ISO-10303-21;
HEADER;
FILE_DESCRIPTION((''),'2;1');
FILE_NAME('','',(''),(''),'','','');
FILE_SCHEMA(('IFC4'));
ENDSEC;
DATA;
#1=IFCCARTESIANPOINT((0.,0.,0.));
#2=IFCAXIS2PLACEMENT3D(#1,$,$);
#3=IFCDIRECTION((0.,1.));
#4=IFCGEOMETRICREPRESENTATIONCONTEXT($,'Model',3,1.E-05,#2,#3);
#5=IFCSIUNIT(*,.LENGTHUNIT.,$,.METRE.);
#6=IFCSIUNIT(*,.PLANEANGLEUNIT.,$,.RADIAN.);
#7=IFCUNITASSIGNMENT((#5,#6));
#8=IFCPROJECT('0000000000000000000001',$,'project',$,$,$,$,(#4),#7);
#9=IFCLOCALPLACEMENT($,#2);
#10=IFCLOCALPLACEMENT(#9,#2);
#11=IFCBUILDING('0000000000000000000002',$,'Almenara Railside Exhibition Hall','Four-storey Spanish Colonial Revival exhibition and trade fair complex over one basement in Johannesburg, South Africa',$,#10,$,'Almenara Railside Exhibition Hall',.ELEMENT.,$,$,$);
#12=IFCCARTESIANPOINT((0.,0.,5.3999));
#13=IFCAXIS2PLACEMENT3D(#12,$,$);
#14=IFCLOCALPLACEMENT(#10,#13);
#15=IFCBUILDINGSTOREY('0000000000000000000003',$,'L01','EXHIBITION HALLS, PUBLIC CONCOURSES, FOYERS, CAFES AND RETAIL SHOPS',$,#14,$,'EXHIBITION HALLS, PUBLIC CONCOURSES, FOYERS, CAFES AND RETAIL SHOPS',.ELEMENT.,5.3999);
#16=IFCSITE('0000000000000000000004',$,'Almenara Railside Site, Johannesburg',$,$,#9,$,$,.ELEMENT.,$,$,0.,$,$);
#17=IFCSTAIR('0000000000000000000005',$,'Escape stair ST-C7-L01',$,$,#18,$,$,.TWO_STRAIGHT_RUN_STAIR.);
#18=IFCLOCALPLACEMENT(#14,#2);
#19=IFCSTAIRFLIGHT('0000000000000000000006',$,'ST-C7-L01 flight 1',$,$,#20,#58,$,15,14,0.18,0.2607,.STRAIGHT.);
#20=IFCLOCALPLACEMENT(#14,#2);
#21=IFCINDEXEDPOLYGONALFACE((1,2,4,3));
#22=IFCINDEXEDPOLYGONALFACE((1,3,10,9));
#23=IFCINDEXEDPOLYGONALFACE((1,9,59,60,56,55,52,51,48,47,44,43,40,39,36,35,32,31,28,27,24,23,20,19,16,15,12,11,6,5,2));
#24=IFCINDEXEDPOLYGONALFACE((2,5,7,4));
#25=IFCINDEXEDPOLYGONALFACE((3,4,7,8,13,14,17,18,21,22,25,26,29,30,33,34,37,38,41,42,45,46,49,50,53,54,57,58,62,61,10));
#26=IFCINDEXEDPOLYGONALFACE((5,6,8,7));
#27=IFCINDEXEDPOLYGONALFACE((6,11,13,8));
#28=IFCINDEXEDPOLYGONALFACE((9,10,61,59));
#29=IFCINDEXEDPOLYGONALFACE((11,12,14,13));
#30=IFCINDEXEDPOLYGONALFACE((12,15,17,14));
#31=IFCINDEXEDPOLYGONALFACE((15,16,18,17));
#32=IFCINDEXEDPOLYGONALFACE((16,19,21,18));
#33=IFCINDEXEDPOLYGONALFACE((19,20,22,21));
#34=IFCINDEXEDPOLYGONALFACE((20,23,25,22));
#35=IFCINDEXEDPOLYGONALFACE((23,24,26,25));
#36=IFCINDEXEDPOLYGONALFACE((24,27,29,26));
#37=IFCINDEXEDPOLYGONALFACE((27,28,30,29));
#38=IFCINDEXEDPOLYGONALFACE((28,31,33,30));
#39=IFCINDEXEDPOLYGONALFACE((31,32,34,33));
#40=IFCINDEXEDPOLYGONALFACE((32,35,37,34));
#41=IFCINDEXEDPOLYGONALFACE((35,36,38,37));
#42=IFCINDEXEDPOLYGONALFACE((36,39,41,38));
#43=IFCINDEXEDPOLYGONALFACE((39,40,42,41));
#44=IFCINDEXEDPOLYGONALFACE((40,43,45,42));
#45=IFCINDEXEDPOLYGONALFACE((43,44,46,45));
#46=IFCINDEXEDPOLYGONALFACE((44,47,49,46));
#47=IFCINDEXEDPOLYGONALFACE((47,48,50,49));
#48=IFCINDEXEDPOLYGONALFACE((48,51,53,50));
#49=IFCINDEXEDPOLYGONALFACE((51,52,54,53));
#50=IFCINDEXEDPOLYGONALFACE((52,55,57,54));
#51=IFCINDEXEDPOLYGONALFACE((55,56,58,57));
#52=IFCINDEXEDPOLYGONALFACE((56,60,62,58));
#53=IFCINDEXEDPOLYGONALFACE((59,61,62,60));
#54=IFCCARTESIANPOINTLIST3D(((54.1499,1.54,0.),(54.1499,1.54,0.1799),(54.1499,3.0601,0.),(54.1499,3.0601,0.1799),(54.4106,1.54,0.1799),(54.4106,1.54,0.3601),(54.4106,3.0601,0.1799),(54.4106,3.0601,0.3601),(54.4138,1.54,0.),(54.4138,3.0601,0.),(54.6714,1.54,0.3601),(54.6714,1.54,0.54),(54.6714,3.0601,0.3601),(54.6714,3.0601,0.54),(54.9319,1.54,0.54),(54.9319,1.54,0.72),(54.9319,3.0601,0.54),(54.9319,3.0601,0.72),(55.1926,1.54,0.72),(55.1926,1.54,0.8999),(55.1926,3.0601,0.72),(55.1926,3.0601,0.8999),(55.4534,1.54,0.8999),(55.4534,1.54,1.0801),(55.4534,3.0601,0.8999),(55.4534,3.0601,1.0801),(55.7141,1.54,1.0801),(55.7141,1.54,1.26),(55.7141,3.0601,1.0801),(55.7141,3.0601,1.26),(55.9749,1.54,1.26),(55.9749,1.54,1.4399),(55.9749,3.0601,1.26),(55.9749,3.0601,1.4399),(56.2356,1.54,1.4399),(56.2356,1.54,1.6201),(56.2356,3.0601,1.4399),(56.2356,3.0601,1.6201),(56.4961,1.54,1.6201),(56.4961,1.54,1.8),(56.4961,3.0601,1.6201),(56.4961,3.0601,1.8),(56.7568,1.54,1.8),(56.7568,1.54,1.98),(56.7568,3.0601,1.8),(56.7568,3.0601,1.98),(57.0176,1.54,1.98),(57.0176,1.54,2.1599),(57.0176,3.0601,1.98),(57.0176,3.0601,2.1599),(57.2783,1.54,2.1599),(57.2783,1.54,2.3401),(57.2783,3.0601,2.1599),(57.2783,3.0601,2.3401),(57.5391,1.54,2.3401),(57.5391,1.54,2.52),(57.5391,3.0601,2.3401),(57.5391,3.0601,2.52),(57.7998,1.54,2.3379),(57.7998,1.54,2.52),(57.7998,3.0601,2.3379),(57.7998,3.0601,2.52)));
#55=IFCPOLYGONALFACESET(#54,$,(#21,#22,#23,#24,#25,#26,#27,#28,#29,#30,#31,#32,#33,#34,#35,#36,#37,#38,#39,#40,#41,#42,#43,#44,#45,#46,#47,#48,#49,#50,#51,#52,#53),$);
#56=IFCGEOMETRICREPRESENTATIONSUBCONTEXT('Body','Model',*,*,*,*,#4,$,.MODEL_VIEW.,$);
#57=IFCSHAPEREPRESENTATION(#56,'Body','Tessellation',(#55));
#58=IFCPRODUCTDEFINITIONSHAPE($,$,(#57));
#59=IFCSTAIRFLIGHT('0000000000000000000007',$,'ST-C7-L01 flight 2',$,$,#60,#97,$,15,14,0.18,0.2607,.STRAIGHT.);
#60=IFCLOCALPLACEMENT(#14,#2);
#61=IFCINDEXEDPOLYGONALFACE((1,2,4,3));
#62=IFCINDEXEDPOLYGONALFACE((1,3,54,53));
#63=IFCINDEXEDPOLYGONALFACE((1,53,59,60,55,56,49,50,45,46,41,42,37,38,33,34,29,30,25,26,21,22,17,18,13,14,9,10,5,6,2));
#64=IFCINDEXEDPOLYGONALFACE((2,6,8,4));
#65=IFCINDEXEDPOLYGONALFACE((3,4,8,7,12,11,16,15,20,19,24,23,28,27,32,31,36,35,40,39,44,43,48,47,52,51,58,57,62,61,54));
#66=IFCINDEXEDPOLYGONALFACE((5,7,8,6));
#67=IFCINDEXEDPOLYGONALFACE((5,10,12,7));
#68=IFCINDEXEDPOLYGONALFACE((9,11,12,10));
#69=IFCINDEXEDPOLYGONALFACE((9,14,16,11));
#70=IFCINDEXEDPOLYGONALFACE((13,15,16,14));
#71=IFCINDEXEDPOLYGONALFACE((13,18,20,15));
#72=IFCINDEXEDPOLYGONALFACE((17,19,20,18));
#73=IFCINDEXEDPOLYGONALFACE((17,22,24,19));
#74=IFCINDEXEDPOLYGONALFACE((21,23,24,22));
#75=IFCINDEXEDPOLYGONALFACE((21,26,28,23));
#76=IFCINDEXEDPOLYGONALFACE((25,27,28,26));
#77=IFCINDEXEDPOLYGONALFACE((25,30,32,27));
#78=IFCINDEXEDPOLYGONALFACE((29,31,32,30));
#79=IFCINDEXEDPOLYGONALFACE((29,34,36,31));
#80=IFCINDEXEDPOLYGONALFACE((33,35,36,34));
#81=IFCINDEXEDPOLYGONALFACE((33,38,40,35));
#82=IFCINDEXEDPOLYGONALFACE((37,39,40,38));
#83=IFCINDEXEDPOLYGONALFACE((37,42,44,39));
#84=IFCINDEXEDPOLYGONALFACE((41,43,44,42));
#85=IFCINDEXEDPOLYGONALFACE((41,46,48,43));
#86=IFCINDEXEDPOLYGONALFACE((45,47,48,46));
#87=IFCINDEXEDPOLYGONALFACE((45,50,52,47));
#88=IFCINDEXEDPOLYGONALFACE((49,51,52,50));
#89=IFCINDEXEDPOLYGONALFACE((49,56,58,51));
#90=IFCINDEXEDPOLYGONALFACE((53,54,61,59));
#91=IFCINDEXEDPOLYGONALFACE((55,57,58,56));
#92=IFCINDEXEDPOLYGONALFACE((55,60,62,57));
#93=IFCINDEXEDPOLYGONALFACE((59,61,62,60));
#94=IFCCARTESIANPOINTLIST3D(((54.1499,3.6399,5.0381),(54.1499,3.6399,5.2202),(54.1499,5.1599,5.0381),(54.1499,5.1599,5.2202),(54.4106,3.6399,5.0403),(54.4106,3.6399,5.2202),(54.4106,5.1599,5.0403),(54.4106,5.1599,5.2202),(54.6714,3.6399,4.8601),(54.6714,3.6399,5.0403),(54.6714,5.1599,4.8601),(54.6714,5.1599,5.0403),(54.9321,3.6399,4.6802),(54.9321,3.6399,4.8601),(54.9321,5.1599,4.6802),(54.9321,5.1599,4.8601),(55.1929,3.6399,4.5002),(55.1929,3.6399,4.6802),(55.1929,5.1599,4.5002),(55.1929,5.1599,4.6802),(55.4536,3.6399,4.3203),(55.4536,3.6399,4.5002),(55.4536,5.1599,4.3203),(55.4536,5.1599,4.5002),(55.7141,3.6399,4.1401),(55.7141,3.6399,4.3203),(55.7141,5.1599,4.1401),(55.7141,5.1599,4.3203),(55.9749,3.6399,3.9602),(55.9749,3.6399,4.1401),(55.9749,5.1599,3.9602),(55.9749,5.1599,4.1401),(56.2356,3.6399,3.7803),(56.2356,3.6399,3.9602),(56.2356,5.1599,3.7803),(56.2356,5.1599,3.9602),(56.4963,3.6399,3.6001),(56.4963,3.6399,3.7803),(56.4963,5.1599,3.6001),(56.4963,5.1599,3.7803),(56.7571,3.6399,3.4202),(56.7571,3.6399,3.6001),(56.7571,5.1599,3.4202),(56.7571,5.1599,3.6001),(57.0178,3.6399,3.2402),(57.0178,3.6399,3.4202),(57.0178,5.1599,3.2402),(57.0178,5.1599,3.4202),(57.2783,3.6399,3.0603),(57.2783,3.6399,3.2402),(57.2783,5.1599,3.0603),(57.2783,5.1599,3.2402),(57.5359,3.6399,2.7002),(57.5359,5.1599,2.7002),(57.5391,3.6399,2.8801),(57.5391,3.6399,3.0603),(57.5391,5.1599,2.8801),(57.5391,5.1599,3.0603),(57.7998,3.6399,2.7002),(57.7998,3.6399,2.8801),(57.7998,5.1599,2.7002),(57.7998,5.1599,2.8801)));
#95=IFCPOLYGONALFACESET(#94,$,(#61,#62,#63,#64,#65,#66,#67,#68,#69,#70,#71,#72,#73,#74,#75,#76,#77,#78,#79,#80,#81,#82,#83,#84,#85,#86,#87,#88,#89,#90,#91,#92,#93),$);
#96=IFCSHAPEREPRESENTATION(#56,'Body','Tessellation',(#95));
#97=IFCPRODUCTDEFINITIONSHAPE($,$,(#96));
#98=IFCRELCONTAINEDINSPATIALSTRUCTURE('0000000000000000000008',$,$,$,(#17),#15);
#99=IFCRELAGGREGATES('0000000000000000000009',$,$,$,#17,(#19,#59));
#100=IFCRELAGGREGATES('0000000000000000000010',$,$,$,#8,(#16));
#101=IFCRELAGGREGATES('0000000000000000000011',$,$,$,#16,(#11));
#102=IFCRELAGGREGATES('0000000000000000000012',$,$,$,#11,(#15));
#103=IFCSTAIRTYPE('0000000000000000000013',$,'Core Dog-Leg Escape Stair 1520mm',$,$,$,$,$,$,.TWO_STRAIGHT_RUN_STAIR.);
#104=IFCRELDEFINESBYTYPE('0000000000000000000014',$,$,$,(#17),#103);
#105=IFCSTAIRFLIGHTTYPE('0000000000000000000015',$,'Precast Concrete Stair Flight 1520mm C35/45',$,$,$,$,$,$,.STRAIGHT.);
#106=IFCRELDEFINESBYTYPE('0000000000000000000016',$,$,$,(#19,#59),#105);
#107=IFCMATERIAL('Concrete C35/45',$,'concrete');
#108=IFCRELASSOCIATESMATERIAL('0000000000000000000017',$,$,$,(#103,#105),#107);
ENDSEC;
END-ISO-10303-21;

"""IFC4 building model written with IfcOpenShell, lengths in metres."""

from ifc_helpers import new_model, si_unit, direction, frame, origin, place, context, subcontext, project, spatial, polyline, outline, extrude, material, type_object, element, aggregate, save


model = new_model("IFC4")

# Units and contexts
model_context = context("Model", 3, precision=1e-05, world=origin(), true_north=direction((0.0, 1.0)))
body_context = subcontext(model_context, "Body", "Model", "MODEL_VIEW")
ifc_project = project(units=[si_unit("LENGTHUNIT", "METRE"), si_unit("PLANEANGLEUNIT", "RADIAN")], contexts=[model_context])

# Site, building, storey
site_placement = place(None, origin())
site = spatial("IfcSite", under=ifc_project, at=site_placement, Name="Almenara Railside Site, Johannesburg", CompositionType="ELEMENT", RefElevation=0.0)
building_placement = place(site_placement, origin())
building = spatial("IfcBuilding", under=site, at=building_placement, Name="Almenara Railside Exhibition Hall", Description="Four-storey Spanish Colonial Revival exhibition and trade fair complex over one basement in Johannesburg, South Africa", LongName="Almenara Railside Exhibition Hall", CompositionType="ELEMENT")
storey_placement = place(building_placement, frame((0.0, 0.0, 5.3999)))
storey = spatial("IfcBuildingStorey", under=building, at=storey_placement, Name="L01", Description="EXHIBITION HALLS, PUBLIC CONCOURSES, FOYERS, CAFES AND RETAIL SHOPS", LongName="EXHIBITION HALLS, PUBLIC CONCOURSES, FOYERS, CAFES AND RETAIL SHOPS", CompositionType="ELEMENT", Elevation=5.3999)

# Shared definitions
ifc_material_1 = material(Name="Concrete C35/45", Category="concrete")

# Stair, stair flights
stair_type = type_object("IfcStairType", Name="Core Dog-Leg Escape Stair 1520mm", PredefinedType="TWO_STRAIGHT_RUN_STAIR", material=ifc_material_1)
stair_placement = place(storey_placement, origin())
stair = element("IfcStair", 1, at=stair_placement, inside=storey, type_object=stair_type, Name="Escape stair ST-C7-L01", PredefinedType="TWO_STRAIGHT_RUN_STAIR")
stair_flight_type = type_object("IfcStairFlightType", Name="Precast Concrete Stair Flight 1520mm C35/45", PredefinedType="STRAIGHT", material=ifc_material_1)
stair_flight_1_placement = place(storey_placement, frame((54.1499, 2.3, 0.0), z_axis=(0.0, 0.0, 1.0), x_axis=(1.0, 0.0, 0.0)))
stair_flight_1 = element("IfcStairFlight", 2, at=stair_flight_1_placement, type_object=stair_flight_type, Name="ST-C7-L01 flight 1", NumberOfRisers=15, NumberOfTreads=14, PredefinedType="STRAIGHT", RiserHeight=0.18, TreadLength=0.2607, context=body_context, shape_type="SweptSolid", body=[
    extrude(outline(polyline([(0.0, 0.0), (0.0, 0.1799), (0.2607, 0.1799), (0.2607, 0.3601), (0.5215, 0.3601), (0.5215, 0.54), (0.782, 0.54), (0.782, 0.72), (1.0427, 0.72), (1.0427, 0.8999), (1.3035, 0.8999), (1.3035, 1.0801), (1.5642, 1.0801), (1.5642, 1.26), (1.825, 1.26), (1.825, 1.4399), (2.0857, 1.4399), (2.0857, 1.6201), (2.3462, 1.6201), (2.3462, 1.8), (2.6069, 1.8), (2.6069, 1.98), (2.8677, 1.98), (2.8677, 2.1599), (3.1284, 2.1599), (3.1284, 2.3401), (3.3892, 2.3401), (3.3892, 2.52), (3.6499, 2.52), (3.6499, 2.7), (3.6499, 2.3379), (0.2639, 0.0), (0.0, 0.0)])), frame((0.0, 0.76, 0.0), z_axis=(0.0, -1.0, 0.0), x_axis=(1.0, 0.0, 0.0)), (0.0, 0.0, 1.0), 1.52),
])
stair_flight_2_placement = place(storey_placement, frame((57.7998, 4.3999, 2.7002), z_axis=(0.0, 0.0, 1.0), x_axis=(-1.0, 0.0, 0.0)))
stair_flight_2 = element("IfcStairFlight", 3, at=stair_flight_2_placement, type_object=stair_flight_type, Name="ST-C7-L01 flight 2", NumberOfRisers=15, NumberOfTreads=14, PredefinedType="STRAIGHT", RiserHeight=0.18, TreadLength=0.2607, context=body_context, shape_type="SweptSolid", body=[
    extrude(outline(polyline([(0.0, 0.0), (0.0, 0.1799), (0.2607, 0.1799), (0.2607, 0.3601), (0.5215, 0.3601), (0.5215, 0.54), (0.782, 0.54), (0.782, 0.72), (1.0427, 0.72), (1.0427, 0.8999), (1.3035, 0.8999), (1.3035, 1.0801), (1.5642, 1.0801), (1.5642, 1.26), (1.825, 1.26), (1.825, 1.4399), (2.0857, 1.4399), (2.0857, 1.6201), (2.3462, 1.6201), (2.3462, 1.8), (2.6069, 1.8), (2.6069, 1.98), (2.8677, 1.98), (2.8677, 2.1599), (3.1284, 2.1599), (3.1284, 2.3401), (3.3892, 2.3401), (3.3892, 2.52), (3.6499, 2.52), (3.6499, 2.7), (3.6499, 2.3379), (0.2639, 0.0), (0.0, 0.0)])), frame((0.0, 0.76, 0.0), z_axis=(0.0, -1.0, 0.0), x_axis=(1.0, 0.0, 0.0)), (0.0, 0.0, 1.0), 1.52),
])
aggregate(stair, [stair_flight_1, stair_flight_2])

save(model, "model.ifc")
